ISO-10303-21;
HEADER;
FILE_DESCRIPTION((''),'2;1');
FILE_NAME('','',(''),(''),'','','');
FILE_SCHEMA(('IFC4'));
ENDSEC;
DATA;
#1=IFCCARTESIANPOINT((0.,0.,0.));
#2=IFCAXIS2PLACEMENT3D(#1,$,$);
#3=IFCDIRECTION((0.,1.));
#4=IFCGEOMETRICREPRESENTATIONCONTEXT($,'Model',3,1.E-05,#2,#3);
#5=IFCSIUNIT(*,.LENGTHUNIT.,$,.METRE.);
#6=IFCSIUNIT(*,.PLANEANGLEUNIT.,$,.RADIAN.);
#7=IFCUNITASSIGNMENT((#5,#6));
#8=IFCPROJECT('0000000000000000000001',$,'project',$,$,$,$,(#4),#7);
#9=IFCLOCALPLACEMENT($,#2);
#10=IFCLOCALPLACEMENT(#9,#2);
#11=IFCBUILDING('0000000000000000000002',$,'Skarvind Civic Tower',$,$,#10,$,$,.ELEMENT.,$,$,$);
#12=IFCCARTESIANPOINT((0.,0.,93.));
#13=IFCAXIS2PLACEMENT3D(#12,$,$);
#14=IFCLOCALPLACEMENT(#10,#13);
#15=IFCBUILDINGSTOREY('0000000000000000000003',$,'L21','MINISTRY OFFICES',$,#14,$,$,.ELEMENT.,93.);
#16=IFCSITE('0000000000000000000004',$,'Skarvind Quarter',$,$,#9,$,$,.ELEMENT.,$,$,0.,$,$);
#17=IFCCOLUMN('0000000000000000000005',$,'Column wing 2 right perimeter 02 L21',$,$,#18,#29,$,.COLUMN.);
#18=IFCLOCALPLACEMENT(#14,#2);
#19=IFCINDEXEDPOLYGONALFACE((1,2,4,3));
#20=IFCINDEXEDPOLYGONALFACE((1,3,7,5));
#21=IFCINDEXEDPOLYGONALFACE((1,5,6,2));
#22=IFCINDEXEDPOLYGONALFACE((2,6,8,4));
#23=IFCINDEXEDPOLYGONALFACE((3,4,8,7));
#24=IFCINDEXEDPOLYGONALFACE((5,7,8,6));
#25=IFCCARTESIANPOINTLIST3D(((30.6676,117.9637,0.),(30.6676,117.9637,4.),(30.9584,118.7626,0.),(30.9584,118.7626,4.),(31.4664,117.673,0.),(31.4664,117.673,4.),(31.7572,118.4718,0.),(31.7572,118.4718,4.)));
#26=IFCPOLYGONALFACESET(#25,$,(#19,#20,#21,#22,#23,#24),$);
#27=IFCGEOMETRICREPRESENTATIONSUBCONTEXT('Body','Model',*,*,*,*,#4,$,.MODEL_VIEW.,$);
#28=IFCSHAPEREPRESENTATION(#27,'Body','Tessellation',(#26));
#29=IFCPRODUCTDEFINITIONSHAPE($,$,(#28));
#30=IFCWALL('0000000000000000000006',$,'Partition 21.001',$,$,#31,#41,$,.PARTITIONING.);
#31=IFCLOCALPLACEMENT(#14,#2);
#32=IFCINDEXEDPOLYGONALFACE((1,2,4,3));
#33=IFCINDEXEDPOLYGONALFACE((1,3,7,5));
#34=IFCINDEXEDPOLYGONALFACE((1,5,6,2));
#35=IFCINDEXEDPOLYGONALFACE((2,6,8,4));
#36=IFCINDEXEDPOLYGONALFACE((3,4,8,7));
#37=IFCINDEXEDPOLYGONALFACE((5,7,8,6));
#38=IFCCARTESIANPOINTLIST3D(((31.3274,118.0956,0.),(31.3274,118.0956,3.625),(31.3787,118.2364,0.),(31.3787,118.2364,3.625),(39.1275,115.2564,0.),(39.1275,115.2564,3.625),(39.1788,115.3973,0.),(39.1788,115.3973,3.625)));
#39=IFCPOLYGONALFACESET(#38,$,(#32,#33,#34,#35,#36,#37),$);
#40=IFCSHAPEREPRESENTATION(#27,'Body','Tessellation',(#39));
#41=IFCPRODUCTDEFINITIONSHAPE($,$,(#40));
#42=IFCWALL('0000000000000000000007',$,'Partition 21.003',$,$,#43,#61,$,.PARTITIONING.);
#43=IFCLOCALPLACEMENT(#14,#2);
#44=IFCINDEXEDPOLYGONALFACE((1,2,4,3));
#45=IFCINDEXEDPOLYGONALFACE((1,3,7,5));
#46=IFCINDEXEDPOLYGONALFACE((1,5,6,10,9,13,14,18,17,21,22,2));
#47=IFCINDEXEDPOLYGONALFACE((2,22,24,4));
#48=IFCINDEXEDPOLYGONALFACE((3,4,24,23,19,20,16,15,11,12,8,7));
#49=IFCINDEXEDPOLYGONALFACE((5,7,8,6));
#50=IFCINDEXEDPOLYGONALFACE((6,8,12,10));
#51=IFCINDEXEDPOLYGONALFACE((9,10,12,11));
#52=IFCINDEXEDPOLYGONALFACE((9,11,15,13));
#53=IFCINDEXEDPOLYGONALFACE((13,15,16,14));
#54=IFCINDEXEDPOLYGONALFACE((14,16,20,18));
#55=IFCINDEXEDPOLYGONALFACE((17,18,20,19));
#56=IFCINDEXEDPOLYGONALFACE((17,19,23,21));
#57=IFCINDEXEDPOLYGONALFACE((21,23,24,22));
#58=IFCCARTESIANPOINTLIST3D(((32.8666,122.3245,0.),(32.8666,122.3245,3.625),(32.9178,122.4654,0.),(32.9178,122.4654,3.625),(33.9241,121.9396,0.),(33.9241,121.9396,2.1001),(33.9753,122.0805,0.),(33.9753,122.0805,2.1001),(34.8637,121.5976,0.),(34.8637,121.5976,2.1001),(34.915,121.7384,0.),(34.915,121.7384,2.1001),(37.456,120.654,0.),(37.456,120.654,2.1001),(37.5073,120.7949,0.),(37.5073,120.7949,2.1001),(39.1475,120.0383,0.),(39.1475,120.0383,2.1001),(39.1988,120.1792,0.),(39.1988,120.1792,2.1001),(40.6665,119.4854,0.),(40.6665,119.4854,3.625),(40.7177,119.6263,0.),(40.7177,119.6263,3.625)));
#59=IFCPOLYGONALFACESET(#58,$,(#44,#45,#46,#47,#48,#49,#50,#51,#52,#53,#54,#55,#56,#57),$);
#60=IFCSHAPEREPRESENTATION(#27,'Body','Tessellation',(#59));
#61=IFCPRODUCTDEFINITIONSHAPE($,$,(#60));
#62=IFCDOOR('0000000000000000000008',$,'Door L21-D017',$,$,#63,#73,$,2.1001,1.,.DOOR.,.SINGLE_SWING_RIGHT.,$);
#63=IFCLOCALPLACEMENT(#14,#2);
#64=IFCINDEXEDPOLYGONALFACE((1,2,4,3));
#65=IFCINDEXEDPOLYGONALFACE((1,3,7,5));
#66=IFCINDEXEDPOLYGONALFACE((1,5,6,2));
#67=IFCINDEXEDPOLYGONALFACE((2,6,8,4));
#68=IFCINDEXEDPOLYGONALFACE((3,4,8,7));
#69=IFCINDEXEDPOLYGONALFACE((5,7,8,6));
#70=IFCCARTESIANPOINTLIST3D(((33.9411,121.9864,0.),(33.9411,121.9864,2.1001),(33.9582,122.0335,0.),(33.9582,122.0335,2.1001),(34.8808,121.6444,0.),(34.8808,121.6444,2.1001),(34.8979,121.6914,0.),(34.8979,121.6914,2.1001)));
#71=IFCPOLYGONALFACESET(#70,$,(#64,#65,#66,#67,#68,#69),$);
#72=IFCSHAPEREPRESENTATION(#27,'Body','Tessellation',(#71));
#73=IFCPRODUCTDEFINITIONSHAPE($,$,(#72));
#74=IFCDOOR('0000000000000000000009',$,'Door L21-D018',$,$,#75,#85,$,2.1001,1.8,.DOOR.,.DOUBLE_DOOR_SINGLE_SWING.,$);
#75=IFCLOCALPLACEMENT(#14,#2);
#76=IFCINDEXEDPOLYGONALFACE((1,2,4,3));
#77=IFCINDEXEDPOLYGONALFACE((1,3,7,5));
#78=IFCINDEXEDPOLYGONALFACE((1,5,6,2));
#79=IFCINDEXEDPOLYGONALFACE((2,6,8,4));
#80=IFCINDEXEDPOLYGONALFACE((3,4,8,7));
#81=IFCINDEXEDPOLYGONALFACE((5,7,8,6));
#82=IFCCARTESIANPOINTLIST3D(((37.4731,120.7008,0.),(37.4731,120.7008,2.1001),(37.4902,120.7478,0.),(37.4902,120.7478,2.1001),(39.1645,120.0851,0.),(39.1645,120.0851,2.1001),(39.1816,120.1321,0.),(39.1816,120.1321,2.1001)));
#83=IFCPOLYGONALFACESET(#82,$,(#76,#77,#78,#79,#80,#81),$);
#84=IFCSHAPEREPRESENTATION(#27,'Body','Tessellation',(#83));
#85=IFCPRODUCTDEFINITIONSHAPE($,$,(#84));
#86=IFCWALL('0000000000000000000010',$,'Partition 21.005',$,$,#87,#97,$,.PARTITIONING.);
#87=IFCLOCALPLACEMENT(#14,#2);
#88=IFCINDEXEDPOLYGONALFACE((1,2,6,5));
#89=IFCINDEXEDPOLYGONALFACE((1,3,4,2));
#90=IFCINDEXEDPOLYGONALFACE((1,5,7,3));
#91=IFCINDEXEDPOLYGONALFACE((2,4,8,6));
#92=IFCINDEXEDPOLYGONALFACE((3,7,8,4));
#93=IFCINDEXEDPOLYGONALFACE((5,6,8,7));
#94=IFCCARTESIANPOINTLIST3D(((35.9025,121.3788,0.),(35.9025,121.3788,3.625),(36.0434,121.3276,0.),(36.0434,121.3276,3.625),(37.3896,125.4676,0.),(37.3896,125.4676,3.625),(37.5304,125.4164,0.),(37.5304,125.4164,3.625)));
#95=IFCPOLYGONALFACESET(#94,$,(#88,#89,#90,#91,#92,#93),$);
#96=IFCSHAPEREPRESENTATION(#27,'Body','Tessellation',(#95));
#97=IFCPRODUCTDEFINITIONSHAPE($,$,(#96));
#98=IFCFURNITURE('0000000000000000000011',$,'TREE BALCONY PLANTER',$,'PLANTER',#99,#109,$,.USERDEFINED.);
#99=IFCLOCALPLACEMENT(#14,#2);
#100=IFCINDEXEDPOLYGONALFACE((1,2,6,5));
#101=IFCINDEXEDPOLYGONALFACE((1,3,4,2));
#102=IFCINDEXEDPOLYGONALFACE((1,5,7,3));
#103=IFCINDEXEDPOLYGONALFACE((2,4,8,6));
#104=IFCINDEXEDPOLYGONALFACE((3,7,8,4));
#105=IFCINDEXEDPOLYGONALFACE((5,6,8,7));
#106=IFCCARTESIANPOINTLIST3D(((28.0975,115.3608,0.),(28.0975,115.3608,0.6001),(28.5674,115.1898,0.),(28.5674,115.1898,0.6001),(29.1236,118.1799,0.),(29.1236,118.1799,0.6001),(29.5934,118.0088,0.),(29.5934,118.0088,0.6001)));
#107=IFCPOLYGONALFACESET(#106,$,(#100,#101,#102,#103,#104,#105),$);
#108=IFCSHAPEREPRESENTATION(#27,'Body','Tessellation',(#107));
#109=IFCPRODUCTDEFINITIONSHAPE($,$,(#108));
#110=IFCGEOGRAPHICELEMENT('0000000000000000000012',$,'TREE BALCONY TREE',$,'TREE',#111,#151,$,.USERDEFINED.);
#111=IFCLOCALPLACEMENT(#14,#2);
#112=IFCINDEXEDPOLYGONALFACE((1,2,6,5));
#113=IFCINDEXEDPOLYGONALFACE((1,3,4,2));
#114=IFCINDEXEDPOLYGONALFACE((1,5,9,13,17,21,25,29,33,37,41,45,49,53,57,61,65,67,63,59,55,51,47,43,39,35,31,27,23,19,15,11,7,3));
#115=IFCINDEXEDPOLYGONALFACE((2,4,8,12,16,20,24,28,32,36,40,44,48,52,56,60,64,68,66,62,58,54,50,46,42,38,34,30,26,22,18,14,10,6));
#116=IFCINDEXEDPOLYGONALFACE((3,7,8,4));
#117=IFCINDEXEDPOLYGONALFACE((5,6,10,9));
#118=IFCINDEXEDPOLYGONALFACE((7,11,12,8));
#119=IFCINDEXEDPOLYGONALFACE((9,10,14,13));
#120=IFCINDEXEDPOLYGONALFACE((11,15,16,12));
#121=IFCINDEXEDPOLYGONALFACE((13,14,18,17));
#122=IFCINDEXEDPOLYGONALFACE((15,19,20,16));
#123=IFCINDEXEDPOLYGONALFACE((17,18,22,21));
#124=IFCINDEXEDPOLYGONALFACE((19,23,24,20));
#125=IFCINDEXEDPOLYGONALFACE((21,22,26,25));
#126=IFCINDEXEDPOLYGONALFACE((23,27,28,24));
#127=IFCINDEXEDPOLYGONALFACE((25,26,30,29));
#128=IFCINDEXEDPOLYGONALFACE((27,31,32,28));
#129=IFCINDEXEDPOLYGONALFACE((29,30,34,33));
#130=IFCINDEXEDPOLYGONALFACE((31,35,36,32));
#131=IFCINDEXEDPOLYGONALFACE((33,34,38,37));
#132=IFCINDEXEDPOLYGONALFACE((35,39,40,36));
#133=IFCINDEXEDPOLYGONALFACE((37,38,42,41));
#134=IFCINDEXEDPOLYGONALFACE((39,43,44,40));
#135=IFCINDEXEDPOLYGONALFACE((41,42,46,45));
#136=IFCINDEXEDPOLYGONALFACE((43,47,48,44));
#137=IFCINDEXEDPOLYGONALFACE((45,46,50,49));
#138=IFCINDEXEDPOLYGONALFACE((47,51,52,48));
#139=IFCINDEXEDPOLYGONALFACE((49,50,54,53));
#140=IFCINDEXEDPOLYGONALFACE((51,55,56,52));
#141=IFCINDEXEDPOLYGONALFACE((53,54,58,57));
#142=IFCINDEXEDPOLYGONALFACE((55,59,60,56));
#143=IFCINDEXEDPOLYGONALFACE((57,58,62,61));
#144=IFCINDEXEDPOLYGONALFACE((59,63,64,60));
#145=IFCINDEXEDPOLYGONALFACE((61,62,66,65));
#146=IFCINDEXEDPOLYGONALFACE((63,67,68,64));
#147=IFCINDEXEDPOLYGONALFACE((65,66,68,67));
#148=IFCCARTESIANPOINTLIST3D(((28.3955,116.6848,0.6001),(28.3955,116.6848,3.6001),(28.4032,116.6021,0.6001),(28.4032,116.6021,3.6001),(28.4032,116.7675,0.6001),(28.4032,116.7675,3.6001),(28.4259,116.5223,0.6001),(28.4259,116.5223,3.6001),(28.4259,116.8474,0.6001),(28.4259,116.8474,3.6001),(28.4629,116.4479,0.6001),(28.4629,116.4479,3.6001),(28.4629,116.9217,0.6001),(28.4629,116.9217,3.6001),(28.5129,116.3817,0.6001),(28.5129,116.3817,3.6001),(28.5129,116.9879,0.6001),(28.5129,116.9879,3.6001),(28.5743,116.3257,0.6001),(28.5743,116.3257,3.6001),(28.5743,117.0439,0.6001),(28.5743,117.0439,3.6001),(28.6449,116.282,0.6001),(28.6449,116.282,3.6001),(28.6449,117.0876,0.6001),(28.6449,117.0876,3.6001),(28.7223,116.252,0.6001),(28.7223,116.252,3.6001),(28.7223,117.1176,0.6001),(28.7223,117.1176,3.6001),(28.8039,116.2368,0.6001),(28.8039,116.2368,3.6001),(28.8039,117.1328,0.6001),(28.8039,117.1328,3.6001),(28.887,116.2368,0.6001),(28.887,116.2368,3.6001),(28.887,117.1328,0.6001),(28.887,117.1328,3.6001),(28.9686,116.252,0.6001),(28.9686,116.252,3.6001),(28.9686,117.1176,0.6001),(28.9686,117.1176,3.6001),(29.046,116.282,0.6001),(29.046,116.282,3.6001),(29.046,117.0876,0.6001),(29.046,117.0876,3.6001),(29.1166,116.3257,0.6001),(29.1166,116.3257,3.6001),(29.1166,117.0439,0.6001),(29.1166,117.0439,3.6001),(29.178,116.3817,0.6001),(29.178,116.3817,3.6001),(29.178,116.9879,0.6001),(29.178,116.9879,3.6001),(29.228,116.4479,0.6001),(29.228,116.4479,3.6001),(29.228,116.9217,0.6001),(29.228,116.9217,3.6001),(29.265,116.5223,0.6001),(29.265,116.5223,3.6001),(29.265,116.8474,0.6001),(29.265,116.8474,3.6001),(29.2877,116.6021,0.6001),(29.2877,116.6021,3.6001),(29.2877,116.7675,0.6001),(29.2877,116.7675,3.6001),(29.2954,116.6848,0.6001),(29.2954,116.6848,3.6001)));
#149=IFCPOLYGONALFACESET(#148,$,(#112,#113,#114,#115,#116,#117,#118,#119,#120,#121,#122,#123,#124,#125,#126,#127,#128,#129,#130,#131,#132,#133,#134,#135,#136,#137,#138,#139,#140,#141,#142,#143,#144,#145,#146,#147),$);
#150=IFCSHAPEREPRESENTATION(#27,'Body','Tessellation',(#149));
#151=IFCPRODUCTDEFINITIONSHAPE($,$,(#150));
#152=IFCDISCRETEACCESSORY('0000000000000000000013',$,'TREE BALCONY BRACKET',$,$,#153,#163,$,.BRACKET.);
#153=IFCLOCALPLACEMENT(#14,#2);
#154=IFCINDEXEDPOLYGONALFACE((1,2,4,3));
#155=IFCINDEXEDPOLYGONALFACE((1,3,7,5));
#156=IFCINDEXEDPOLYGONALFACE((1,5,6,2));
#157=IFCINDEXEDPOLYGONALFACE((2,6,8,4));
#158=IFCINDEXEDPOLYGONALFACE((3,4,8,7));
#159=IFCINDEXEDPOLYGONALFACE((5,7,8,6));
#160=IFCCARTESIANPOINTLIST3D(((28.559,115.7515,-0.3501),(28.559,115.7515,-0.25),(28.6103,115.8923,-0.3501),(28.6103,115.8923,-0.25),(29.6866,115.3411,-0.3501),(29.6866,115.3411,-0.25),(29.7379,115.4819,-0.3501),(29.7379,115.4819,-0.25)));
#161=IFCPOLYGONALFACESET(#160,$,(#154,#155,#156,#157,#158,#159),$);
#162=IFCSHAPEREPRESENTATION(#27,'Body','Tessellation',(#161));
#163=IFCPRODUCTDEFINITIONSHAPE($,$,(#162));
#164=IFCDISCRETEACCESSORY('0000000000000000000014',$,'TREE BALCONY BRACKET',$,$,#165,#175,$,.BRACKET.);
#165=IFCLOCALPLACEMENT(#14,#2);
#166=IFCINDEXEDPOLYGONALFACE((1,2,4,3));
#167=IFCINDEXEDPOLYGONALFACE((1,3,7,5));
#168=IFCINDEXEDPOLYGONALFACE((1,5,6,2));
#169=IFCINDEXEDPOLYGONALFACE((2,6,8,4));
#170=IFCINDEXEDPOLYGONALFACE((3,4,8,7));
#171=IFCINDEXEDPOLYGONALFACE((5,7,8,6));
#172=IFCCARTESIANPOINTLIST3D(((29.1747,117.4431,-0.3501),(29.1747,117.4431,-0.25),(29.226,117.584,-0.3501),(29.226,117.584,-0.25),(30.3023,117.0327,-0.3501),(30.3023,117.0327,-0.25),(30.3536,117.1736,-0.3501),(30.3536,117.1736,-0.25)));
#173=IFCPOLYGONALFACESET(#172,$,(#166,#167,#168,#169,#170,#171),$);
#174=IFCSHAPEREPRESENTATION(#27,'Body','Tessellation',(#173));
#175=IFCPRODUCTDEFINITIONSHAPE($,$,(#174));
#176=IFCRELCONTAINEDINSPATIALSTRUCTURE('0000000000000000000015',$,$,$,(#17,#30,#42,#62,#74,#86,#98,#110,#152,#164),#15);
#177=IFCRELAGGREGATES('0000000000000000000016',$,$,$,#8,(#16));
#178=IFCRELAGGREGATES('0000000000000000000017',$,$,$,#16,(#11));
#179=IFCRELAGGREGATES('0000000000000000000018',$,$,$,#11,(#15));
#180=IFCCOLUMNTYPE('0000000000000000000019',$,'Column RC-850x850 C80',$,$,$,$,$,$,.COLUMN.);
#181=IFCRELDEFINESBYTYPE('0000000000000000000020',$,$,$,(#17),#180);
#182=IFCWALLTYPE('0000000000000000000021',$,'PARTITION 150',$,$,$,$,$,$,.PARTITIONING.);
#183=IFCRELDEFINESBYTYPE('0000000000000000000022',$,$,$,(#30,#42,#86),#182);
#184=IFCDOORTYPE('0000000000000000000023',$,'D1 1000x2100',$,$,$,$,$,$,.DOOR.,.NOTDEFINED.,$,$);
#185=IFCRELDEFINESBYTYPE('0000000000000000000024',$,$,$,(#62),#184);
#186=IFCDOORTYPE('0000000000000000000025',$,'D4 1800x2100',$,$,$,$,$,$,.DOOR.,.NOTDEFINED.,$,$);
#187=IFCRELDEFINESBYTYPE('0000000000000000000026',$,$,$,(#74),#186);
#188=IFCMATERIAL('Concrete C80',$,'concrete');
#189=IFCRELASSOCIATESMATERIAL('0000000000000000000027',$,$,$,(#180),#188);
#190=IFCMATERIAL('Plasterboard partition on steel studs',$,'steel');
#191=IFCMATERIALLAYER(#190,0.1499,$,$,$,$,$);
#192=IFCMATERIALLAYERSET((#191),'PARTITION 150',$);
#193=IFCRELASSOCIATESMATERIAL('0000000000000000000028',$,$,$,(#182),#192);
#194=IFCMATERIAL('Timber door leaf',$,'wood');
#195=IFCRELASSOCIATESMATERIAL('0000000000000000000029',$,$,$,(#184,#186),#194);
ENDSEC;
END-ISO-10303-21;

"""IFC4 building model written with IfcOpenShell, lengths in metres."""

from ifc_helpers import new_model, si_unit, direction, frame, frame_2d, origin, origin_2d, place, context, subcontext, project, spatial, rectangle, circle, extrude, material, layer, layer_set, material_profile, profile_set, type_object, element, fill, save


model = new_model("IFC4")

# Units and contexts
model_context = context("Model", 3, precision=1e-05, world=origin(), true_north=direction((0.0, 1.0)))
body_context = subcontext(model_context, "Body", "Model", "MODEL_VIEW")
ifc_project = project(units=[si_unit("LENGTHUNIT", "METRE"), si_unit("PLANEANGLEUNIT", "RADIAN")], contexts=[model_context])

# Site, building, storey
site_placement = place(None, origin())
site = spatial("IfcSite", under=ifc_project, at=site_placement, Name="Skarvind Quarter", CompositionType="ELEMENT", RefElevation=0.0)
building_placement = place(site_placement, origin())
building = spatial("IfcBuilding", under=site, at=building_placement, Name="Skarvind Civic Tower", CompositionType="ELEMENT")
storey_placement = place(building_placement, frame((0.0, 0.0, 93.0)))
storey = spatial("IfcBuildingStorey", under=building, at=storey_placement, Name="L21", Description="MINISTRY OFFICES", CompositionType="ELEMENT", Elevation=93.0)

# Column
ifc_material_1 = material(Name="Concrete C80", Category="concrete")
ifc_material_profile = material_profile(ifc_material_1, rectangle(XDim=0.8501, YDim=0.8501, at=origin_2d()), Name="RC-850x850")
ifc_profile_set = profile_set([ifc_material_profile], Name="Concrete C80")
column_type = type_object("IfcColumnType", Name="Column RC-850x850 C80", PredefinedType="COLUMN", material=ifc_profile_set)
column_placement = place(storey_placement, frame((31.2124, 118.2178, 0.0), z_axis=(0.0, 0.0, 1.0), x_axis=(-0.34202, -0.939693, 0.0)))
element("IfcColumn", 1, at=column_placement, inside=storey, type_object=column_type, Name="Column wing 2 right perimeter 02 L21", PredefinedType="COLUMN", context=body_context, shape_type="SweptSolid", body=[
    extrude(rectangle(XDim=0.8501, YDim=0.8501, at=origin_2d()), origin(), (0.0, 0.0, 1.0), 4.0),
])

# Wall
ifc_material_2 = material(Name="Plasterboard partition on steel studs", Category="steel")
ifc_layer = layer(ifc_material_2, 0.1499)
ifc_layer_set = layer_set([ifc_layer], Name="PARTITION 150")
wall_type = type_object("IfcWallType", Name="PARTITION 150", PredefinedType="PARTITIONING", material=ifc_layer_set)
wall_1_placement = place(storey_placement, frame((31.353, 118.166, 0.0), z_axis=(0.0, 0.0, 1.0), x_axis=(0.939688, -0.342034, 0.0)))
element("IfcWall", 2, at=wall_1_placement, inside=storey, type_object=wall_type, Name="Partition 21.001", PredefinedType="PARTITIONING", context=body_context, shape_type="SweptSolid", body=[
    extrude(rectangle(XDim=8.3008, YDim=0.1499, at=frame_2d((4.1504, 0.0))), origin(), (0.0, 0.0, 1.0), 3.625),
])

# Wall, openings, doors
wall_2_placement = place(storey_placement, frame((32.8921, 122.395, 0.0), z_axis=(0.0, 0.0, 1.0), x_axis=(0.939684, -0.342043, 0.0)))
wall_2 = element("IfcWall", 3, at=wall_2_placement, inside=storey, type_object=wall_type, Name="Partition 21.003", PredefinedType="PARTITIONING", context=body_context, shape_type="SweptSolid", body=[
    extrude(rectangle(XDim=8.3005, YDim=0.1499, at=frame_2d((4.1504, 0.0))), origin(), (0.0, 0.0, 1.0), 3.625),
])
opening_1_placement = place(wall_2_placement, frame((1.1255, 0.0, 0.0)))
opening_1 = element("IfcOpeningElement", 4, at=opening_1_placement, cuts=wall_2, PredefinedType="OPENING", context=body_context, shape_type="SweptSolid", body=[
    extrude(rectangle(XDim=1.0, YDim=2.1001, at=frame_2d((0.5, 1.05))), frame((0.0, 0.085, 0.0), z_axis=(0.0, -1.0, 0.0), x_axis=(1.0, 0.0, 0.0)), (0.0, 0.0, 1.0), 0.1699),
])
opening_2_placement = place(wall_2_placement, frame((4.8843, 0.0, 0.0)))
opening_2 = element("IfcOpeningElement", 5, at=opening_2_placement, cuts=wall_2, PredefinedType="OPENING", context=body_context, shape_type="SweptSolid", body=[
    extrude(rectangle(XDim=1.8, YDim=2.1001, at=frame_2d((0.8999, 1.05))), frame((0.0, 0.085, 0.0), z_axis=(0.0, -1.0, 0.0), x_axis=(1.0, 0.0, 0.0)), (0.0, 0.0, 1.0), 0.1699),
])
ifc_material_3 = material(Name="Timber door leaf", Category="wood")
door_type_1 = type_object("IfcDoorType", Name="D1 1000x2100", OperationType="NOTDEFINED", PredefinedType="DOOR", material=ifc_material_3)
door_1_placement = place(opening_1_placement, origin())
door_1 = element("IfcDoor", 6, at=door_1_placement, inside=storey, type_object=door_type_1, Name="Door L21-D017", OperationType="SINGLE_SWING_RIGHT", OverallHeight=2.1001, OverallWidth=1.0, PredefinedType="DOOR", context=body_context, shape_type="SweptSolid", body=[
    extrude(rectangle(XDim=1.0, YDim=2.1001, at=frame_2d((0.5, 1.05))), frame((0.0, 0.0249, 0.0), z_axis=(0.0, -1.0, 0.0), x_axis=(1.0, 0.0, 0.0)), (0.0, 0.0, 1.0), 0.05),
])
fill(opening_1, door_1)
door_type_2 = type_object("IfcDoorType", Name="D4 1800x2100", OperationType="NOTDEFINED", PredefinedType="DOOR", material=ifc_material_3)
door_2_placement = place(opening_2_placement, origin())
door_2 = element("IfcDoor", 7, at=door_2_placement, inside=storey, type_object=door_type_2, Name="Door L21-D018", OperationType="DOUBLE_DOOR_SINGLE_SWING", OverallHeight=2.1001, OverallWidth=1.8, PredefinedType="DOOR", context=body_context, shape_type="SweptSolid", body=[
    extrude(rectangle(XDim=1.8, YDim=2.1001, at=frame_2d((0.8999, 1.05))), frame((0.0, 0.0249, 0.0), z_axis=(0.0, -1.0, 0.0), x_axis=(1.0, 0.0, 0.0)), (0.0, 0.0, 1.0), 0.05),
])
fill(opening_2, door_2)

# Wall
wall_3_placement = place(storey_placement, frame((37.46, 125.4419, 0.0), z_axis=(0.0, 0.0, 1.0), x_axis=(-0.341784, -0.939779, 0.0)))
element("IfcWall", 8, at=wall_3_placement, inside=storey, type_object=wall_type, Name="Partition 21.005", PredefinedType="PARTITIONING", context=body_context, shape_type="SweptSolid", body=[
    extrude(rectangle(XDim=4.3508, YDim=0.1499, at=frame_2d((2.1753, 0.0))), origin(), (0.0, 0.0, 1.0), 3.625),
])

# Furniture
furniture_placement = place(storey_placement, frame((28.8455, 116.6848, 0.0), z_axis=(0.0, 0.0, 1.0), x_axis=(0.34202, 0.939693, 0.0)))
element("IfcFurniture", 9, at=furniture_placement, inside=storey, Name="TREE BALCONY PLANTER", ObjectType="PLANTER", PredefinedType="USERDEFINED", context=body_context, shape_type="SweptSolid", body=[
    extrude(rectangle(XDim=3.0, YDim=0.5, at=origin_2d()), origin(), (0.0, 0.0, 1.0), 0.6001),
])

# Geographic element
geographic_element_placement = place(storey_placement, frame((28.8455, 116.6848, 0.6001), z_axis=(0.0, 0.0, 1.0), x_axis=(1.0, 0.0, 0.0)))
element("IfcGeographicElement", 10, at=geographic_element_placement, inside=storey, Name="TREE BALCONY TREE", ObjectType="TREE", PredefinedType="USERDEFINED", context=body_context, shape_type="SweptSolid", body=[
    extrude(circle(Radius=0.45, at=origin_2d()), origin(), (0.0, 0.0, 1.0), 3.0),
])

# Discrete accessories
for number, where, z_axis, x_axis, name in (
    (11, (29.1484, 115.6167, -0.3501), (0.0, 0.0, 1.0), (0.34202, 0.939693, 0.0), "TREE BALCONY BRACKET"),
    (12, (29.7642, 117.3083, -0.3501), (0.0, 0.0, 1.0), (0.34202, 0.939693, 0.0), "TREE BALCONY BRACKET"),
):
    element("IfcDiscreteAccessory", number, at=place(storey_placement, frame(where, z_axis=z_axis, x_axis=x_axis)), inside=storey, Name=name, PredefinedType="BRACKET", context=body_context, shape_type="SweptSolid", body=[
        extrude(rectangle(XDim=0.1499, YDim=1.2, at=origin_2d()), origin(), (0.0, 0.0, 1.0), 0.1001),
    ])

save(model, "model.ifc")
